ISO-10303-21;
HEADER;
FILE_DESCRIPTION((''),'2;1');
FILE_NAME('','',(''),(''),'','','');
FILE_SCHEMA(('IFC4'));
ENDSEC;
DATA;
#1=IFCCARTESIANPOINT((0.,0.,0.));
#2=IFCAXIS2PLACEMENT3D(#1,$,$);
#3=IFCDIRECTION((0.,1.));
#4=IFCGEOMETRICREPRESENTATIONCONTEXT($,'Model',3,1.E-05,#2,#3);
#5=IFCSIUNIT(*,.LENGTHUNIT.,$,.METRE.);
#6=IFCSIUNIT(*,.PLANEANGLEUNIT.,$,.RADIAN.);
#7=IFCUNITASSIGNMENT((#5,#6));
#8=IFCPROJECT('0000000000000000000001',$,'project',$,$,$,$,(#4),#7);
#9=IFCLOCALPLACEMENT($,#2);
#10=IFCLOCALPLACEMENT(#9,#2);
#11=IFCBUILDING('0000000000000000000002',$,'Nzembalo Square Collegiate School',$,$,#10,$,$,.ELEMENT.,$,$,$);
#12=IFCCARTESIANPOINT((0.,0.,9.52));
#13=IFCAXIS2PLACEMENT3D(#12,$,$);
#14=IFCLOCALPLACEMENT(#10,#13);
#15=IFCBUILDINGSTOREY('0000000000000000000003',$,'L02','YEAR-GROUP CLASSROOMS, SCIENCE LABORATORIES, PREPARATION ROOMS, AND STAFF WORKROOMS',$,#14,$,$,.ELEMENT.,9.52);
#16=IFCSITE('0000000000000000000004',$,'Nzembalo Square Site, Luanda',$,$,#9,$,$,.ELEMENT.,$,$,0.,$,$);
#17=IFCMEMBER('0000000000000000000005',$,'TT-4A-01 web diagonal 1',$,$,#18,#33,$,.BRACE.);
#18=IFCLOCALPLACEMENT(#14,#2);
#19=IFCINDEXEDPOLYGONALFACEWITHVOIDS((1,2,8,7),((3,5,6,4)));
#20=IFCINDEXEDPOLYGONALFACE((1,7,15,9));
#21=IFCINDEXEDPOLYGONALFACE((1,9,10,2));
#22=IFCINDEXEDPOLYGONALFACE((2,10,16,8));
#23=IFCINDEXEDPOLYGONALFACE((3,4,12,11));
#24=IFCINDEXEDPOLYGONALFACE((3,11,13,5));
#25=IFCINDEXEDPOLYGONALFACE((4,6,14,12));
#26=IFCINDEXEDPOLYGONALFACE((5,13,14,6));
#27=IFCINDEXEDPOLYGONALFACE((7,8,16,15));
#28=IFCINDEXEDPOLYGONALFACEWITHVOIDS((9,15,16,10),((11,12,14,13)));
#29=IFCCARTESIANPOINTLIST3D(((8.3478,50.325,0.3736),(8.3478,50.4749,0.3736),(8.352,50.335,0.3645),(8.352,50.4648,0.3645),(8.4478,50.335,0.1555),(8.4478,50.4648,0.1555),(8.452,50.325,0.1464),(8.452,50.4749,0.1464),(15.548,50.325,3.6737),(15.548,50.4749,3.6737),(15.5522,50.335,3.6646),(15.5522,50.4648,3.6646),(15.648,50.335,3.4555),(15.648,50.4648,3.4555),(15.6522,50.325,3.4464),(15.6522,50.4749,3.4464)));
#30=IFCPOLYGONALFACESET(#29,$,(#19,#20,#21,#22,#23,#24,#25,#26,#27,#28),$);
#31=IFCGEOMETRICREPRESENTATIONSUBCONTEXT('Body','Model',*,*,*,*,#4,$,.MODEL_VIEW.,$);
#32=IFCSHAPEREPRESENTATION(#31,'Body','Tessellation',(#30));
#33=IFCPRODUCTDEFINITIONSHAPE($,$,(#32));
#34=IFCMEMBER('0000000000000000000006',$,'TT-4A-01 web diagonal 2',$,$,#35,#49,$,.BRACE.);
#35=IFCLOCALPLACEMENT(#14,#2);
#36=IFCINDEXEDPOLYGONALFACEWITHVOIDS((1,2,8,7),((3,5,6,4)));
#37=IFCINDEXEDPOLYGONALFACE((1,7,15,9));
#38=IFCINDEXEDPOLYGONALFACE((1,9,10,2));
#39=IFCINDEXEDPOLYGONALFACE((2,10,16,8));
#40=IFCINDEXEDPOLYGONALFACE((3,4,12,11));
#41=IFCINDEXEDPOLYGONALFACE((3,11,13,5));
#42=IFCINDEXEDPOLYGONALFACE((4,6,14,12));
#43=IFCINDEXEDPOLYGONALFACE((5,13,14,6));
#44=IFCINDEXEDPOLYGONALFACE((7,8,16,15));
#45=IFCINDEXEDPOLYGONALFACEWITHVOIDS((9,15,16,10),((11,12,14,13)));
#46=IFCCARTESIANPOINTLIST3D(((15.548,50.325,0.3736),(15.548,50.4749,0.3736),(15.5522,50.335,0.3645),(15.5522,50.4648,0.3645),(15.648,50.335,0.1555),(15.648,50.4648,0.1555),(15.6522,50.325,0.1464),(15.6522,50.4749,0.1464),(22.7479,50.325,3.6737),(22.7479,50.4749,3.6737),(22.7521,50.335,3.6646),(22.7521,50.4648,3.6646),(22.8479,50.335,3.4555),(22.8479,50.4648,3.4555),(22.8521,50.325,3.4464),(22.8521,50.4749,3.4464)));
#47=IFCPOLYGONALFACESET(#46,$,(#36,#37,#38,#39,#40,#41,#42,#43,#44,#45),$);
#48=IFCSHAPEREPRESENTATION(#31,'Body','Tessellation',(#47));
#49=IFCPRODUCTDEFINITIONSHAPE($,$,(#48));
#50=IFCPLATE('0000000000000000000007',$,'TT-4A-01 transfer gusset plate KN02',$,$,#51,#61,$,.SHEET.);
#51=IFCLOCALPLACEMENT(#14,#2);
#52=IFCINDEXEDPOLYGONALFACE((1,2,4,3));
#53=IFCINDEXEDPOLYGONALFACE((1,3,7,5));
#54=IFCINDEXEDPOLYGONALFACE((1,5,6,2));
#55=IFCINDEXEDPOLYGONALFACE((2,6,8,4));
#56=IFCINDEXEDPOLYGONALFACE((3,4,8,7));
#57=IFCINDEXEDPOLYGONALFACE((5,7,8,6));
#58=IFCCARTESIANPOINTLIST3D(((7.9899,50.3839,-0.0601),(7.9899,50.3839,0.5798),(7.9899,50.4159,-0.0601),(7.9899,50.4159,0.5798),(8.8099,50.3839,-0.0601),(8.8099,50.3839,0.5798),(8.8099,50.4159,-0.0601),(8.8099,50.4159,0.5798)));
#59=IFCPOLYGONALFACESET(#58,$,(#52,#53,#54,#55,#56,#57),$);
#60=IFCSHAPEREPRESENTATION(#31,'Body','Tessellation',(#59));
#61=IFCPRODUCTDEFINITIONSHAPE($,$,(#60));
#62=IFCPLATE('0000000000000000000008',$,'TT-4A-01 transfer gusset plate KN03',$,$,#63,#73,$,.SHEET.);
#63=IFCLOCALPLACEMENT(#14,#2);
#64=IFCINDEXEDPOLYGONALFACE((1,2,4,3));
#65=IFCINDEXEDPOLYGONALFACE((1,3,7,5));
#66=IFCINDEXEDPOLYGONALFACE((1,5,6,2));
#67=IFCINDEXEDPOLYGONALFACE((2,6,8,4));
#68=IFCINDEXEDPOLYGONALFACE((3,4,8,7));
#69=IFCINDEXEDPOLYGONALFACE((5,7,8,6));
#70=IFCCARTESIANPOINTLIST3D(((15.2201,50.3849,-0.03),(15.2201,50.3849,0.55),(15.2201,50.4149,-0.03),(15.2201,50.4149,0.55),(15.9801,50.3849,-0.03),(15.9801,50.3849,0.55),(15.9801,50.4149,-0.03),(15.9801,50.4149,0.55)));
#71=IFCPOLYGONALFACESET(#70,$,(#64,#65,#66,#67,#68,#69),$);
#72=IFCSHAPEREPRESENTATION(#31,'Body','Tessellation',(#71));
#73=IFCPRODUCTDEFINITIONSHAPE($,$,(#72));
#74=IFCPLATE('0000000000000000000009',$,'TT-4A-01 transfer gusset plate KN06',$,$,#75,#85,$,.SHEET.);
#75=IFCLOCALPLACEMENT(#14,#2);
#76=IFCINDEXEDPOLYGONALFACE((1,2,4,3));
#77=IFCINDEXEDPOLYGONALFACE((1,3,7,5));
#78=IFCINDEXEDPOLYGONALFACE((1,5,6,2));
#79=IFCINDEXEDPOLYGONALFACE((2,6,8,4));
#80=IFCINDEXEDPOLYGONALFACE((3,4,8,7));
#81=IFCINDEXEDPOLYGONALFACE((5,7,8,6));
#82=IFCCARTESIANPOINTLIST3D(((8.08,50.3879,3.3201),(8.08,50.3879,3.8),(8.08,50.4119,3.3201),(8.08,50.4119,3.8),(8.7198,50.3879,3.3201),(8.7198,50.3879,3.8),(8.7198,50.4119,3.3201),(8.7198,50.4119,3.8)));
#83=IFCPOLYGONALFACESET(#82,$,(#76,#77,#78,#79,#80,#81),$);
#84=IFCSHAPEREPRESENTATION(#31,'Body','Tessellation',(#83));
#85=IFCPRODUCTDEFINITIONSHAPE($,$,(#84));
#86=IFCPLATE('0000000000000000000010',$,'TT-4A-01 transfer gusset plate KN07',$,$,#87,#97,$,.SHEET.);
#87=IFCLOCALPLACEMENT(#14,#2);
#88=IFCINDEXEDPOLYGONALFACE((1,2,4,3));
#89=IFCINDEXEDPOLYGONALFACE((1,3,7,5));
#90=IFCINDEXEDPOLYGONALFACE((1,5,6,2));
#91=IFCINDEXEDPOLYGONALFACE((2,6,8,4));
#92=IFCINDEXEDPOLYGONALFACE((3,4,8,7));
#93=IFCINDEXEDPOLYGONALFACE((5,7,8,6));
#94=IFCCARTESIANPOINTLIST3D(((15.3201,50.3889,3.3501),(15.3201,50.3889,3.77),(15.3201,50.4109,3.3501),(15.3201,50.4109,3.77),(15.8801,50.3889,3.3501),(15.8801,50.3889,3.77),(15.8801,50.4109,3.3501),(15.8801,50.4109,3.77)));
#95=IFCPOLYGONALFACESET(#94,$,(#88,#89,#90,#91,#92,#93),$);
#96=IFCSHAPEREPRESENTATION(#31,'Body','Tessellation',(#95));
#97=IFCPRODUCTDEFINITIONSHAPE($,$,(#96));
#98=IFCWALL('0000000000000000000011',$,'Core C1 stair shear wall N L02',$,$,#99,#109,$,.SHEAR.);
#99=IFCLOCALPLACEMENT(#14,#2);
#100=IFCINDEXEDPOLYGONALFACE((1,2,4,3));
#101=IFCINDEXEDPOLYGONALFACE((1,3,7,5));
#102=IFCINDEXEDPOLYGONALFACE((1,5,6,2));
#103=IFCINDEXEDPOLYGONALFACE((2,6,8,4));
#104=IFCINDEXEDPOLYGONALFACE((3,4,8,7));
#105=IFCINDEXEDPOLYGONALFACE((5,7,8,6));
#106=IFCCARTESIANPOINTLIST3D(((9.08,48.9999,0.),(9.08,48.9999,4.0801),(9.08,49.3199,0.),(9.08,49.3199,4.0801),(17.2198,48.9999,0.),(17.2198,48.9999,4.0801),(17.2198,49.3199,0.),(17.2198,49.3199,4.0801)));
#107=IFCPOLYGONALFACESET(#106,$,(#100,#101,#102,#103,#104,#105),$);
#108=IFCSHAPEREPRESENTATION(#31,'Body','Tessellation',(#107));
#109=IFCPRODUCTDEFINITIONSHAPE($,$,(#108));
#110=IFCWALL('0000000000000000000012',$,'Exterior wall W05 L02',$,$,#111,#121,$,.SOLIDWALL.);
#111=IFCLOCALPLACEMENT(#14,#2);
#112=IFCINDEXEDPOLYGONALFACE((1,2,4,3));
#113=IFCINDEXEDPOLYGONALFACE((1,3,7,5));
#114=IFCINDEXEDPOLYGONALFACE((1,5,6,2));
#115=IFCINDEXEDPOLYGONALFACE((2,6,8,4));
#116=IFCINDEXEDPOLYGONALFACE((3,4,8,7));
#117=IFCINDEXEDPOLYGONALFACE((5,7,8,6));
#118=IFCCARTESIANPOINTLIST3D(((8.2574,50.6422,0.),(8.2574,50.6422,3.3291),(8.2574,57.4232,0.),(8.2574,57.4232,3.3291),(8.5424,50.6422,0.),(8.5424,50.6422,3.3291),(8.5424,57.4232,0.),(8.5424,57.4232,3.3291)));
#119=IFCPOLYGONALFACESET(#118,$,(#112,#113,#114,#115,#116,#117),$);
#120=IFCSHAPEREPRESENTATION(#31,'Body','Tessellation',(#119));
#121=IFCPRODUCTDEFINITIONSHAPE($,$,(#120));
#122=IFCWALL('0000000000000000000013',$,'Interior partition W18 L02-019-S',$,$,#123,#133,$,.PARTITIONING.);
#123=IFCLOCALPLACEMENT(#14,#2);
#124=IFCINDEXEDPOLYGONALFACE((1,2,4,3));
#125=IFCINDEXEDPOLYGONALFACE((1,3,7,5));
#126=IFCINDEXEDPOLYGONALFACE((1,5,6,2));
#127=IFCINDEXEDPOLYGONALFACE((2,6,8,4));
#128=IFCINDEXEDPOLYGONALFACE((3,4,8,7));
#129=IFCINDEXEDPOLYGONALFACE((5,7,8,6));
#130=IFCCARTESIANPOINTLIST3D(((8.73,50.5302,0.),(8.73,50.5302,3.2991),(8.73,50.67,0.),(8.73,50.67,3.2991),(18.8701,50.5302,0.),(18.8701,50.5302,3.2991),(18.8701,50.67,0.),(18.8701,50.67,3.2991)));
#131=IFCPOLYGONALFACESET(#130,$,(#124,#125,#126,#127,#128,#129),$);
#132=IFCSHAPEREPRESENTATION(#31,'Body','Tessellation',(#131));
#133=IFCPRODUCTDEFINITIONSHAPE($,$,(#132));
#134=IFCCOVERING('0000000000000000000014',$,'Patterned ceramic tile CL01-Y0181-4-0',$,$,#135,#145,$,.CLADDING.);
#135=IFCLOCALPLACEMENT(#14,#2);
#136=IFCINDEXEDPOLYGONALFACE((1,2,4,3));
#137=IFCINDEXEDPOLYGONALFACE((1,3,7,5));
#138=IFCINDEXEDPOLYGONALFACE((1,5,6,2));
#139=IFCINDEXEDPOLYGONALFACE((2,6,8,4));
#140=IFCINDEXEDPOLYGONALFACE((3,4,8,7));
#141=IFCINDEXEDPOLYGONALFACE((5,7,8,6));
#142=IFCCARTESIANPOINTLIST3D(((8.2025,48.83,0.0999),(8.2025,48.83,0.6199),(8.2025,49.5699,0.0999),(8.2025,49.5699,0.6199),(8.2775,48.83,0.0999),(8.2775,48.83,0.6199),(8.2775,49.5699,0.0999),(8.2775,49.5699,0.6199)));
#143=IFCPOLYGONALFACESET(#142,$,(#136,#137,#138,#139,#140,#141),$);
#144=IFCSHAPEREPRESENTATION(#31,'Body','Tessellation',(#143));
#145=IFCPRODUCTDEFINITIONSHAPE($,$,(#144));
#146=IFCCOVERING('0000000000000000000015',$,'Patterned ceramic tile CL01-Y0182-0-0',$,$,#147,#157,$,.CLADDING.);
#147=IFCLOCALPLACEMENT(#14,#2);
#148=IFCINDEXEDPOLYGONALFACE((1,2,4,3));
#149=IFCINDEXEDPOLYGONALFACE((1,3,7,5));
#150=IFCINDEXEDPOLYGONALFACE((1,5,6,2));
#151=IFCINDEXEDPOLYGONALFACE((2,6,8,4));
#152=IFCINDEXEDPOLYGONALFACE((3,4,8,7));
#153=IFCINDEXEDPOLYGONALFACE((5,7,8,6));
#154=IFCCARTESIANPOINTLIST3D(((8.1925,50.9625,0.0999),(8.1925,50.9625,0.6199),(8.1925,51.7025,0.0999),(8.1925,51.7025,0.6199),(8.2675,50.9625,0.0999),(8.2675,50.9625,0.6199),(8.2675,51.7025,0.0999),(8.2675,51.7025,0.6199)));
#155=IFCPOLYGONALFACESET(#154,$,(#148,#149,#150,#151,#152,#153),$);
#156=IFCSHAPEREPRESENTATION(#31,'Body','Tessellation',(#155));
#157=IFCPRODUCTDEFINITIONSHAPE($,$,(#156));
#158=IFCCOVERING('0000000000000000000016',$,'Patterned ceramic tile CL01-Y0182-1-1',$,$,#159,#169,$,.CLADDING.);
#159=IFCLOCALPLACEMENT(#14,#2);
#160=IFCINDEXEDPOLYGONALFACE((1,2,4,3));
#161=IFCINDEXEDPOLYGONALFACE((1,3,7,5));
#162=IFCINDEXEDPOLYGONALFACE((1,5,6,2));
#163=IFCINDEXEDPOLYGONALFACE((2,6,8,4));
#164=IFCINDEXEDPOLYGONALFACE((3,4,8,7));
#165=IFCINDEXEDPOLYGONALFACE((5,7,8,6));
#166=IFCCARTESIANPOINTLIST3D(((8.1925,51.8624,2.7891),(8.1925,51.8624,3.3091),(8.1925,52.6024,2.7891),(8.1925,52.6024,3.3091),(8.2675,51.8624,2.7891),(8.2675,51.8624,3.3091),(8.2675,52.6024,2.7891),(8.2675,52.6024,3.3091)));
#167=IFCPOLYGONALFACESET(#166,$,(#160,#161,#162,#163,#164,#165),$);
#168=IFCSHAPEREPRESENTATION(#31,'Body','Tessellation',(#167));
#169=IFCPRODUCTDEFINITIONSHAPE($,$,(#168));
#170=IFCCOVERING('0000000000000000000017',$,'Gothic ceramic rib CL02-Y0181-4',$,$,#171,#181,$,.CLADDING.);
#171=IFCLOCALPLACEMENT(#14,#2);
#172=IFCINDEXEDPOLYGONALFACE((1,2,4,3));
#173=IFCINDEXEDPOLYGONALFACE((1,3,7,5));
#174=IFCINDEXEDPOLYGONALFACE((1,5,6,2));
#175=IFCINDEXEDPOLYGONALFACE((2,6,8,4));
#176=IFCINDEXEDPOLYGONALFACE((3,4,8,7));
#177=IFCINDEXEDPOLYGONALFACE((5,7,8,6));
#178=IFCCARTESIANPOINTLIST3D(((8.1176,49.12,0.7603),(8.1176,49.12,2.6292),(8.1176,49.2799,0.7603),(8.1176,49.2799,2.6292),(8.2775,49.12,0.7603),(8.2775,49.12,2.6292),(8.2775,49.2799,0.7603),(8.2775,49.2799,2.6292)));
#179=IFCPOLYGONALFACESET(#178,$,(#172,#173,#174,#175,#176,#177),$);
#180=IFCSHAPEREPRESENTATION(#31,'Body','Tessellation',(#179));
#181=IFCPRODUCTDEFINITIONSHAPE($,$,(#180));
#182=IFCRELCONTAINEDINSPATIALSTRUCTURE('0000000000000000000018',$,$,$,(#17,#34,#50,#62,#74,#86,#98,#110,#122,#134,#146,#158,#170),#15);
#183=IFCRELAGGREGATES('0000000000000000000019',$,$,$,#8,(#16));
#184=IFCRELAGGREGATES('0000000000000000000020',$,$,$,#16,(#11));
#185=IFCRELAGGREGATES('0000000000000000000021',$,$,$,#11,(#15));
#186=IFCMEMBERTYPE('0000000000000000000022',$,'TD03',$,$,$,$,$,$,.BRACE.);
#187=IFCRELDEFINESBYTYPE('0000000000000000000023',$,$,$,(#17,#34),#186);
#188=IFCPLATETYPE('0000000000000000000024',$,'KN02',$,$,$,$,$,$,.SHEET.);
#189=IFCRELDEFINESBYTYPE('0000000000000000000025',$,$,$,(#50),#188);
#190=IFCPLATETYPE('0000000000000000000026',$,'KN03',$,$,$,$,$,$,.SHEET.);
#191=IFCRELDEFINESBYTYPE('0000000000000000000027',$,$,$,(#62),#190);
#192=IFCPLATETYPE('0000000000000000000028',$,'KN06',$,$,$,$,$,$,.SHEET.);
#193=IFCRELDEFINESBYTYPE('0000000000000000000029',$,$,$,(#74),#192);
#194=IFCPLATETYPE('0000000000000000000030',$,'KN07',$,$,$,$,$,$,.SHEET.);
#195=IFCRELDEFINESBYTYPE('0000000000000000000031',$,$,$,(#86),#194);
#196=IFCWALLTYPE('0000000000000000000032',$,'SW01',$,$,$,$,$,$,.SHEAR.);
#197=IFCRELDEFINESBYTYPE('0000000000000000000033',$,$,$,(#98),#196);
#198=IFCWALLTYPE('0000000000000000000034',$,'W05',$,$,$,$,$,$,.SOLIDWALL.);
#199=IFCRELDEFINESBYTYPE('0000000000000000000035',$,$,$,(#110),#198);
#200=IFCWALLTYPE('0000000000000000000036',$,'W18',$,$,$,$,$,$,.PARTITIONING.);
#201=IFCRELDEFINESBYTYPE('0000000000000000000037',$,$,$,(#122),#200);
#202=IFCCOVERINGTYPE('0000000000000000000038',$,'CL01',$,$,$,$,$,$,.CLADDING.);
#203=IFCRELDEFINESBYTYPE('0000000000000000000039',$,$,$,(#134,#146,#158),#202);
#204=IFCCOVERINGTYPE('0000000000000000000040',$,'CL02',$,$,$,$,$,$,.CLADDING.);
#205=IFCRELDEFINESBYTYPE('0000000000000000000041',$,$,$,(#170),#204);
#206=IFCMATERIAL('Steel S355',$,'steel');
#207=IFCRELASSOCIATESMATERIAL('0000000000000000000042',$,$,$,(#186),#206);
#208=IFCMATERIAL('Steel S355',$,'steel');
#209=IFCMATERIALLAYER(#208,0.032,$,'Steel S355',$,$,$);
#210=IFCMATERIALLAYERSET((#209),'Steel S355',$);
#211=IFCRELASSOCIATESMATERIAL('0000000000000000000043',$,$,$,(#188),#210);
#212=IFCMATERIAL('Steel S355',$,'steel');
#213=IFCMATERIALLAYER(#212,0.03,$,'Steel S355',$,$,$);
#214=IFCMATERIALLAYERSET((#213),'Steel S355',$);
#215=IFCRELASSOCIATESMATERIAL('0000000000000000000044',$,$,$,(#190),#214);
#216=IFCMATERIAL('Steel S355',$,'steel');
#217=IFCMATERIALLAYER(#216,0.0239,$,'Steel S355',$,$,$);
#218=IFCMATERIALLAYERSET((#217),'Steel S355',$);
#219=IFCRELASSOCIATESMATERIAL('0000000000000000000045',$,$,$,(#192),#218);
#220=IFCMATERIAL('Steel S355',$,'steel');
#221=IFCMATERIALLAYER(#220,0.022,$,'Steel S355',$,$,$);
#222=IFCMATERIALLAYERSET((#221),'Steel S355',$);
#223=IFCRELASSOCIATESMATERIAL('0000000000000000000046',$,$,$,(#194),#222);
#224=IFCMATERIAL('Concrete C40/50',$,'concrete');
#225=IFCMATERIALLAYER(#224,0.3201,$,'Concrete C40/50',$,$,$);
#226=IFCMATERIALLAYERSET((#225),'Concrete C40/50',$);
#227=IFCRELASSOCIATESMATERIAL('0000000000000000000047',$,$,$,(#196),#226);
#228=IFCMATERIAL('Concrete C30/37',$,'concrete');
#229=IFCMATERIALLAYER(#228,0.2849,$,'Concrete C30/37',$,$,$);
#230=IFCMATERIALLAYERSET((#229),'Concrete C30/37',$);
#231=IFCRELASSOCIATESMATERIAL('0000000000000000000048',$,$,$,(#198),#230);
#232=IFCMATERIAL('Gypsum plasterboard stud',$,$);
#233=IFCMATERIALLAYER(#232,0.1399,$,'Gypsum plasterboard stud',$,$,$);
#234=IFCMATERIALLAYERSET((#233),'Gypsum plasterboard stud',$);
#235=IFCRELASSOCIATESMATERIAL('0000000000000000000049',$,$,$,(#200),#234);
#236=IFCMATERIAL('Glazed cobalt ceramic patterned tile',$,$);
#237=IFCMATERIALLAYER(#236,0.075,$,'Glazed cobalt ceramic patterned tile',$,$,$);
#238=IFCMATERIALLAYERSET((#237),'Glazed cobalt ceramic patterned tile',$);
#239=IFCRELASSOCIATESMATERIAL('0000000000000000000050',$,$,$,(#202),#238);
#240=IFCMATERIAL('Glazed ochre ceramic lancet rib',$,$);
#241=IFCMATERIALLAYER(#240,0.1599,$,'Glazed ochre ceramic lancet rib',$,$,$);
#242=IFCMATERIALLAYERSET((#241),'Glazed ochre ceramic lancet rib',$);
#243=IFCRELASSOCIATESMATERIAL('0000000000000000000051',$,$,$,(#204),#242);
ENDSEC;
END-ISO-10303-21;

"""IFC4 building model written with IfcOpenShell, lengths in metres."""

from ifc_helpers import new_model, si_unit, direction, frame, frame_2d, origin, origin_2d, place, context, subcontext, project, spatial, rectangle, hollow_rectangle, extrude, material, layer, layer_set, material_profile, profile_set, type_object, element, save


model = new_model("IFC4")

# Units and contexts
model_context = context("Model", 3, precision=1e-05, world=origin(), true_north=direction((0.0, 1.0)))
body_context = subcontext(model_context, "Body", "Model", "MODEL_VIEW")
ifc_project = project(units=[si_unit("LENGTHUNIT", "METRE"), si_unit("PLANEANGLEUNIT", "RADIAN")], contexts=[model_context])

# Site, building, storey
site_placement = place(None, origin())
site = spatial("IfcSite", under=ifc_project, at=site_placement, Name="Nzembalo Square Site, Luanda", CompositionType="ELEMENT", RefElevation=0.0)
building_placement = place(site_placement, origin())
building = spatial("IfcBuilding", under=site, at=building_placement, Name="Nzembalo Square Collegiate School", CompositionType="ELEMENT")
storey_placement = place(building_placement, frame((0.0, 0.0, 9.52)))
storey = spatial("IfcBuildingStorey", under=building, at=storey_placement, Name="L02", Description="YEAR-GROUP CLASSROOMS, SCIENCE LABORATORIES, PREPARATION ROOMS, AND STAFF WORKROOMS", CompositionType="ELEMENT", Elevation=9.52)

# Members
ifc_material_1 = material(Name="Steel S355", Category="steel")
ifc_material_profile_1 = material_profile(ifc_material_1, hollow_rectangle(XDim=0.1499, YDim=0.25, WallThickness=0.01, at=origin_2d()), Name="RHS 250x150x10")
ifc_profile_set_1 = profile_set([ifc_material_profile_1], Name="Steel S355")
member_type_1 = type_object("IfcMemberType", Name="TD03", PredefinedType="BRACE", material=ifc_profile_set_1)
member_1_placement = place(storey_placement, frame((8.3999, 50.3999, 0.26), z_axis=(0.909067, 0.0, 0.41665), x_axis=(0.0, 1.0, 0.0)))
element("IfcMember", 1, at=member_1_placement, inside=storey, type_object=member_type_1, Name="TT-4A-01 web diagonal 1", PredefinedType="BRACE", context=body_context, shape_type="SweptSolid", body=[
    extrude(hollow_rectangle(XDim=0.1499, YDim=0.25, WallThickness=0.01, at=origin_2d()), origin(), (0.0, 0.0, 1.0), 7.9204),
])
member_2_placement = place(storey_placement, frame((15.6001, 50.3999, 0.26), z_axis=(0.909061, 0.0, 0.416662), x_axis=(0.0, 1.0, 0.0)))
element("IfcMember", 2, at=member_2_placement, inside=storey, type_object=member_type_1, Name="TT-4A-01 web diagonal 2", PredefinedType="BRACE", context=body_context, shape_type="SweptSolid", body=[
    extrude(hollow_rectangle(XDim=0.1499, YDim=0.25, WallThickness=0.01, at=origin_2d()), origin(), (0.0, 0.0, 1.0), 7.9202),
])

# Plates
ifc_material_2 = material(Name="Steel S355", Category="steel")
ifc_layer_1 = layer(ifc_material_2, 0.032, Name="Steel S355")
ifc_layer_set_1 = layer_set([ifc_layer_1], Name="Steel S355")
plate_type_1 = type_object("IfcPlateType", Name="KN02", PredefinedType="SHEET", material=ifc_layer_set_1)
plate_1_placement = place(storey_placement, frame((8.3999, 50.3999, -0.0601), z_axis=(0.0, 0.0, 1.0), x_axis=(1.0, 0.0, 0.0)))
element("IfcPlate", 3, at=plate_1_placement, inside=storey, type_object=plate_type_1, Name="TT-4A-01 transfer gusset plate KN02", PredefinedType="SHEET", context=body_context, shape_type="SweptSolid", body=[
    extrude(rectangle(XDim=0.8201, YDim=0.032, at=origin_2d()), origin(), (0.0, 0.0, 1.0), 0.6399),
])
ifc_material_3 = material(Name="Steel S355", Category="steel")
ifc_layer_2 = layer(ifc_material_3, 0.03, Name="Steel S355")
ifc_layer_set_2 = layer_set([ifc_layer_2], Name="Steel S355")
plate_type_2 = type_object("IfcPlateType", Name="KN03", PredefinedType="SHEET", material=ifc_layer_set_2)
plate_2_placement = place(storey_placement, frame((15.6001, 50.3999, -0.03), z_axis=(0.0, 0.0, 1.0), x_axis=(1.0, 0.0, 0.0)))
element("IfcPlate", 4, at=plate_2_placement, inside=storey, type_object=plate_type_2, Name="TT-4A-01 transfer gusset plate KN03", PredefinedType="SHEET", context=body_context, shape_type="SweptSolid", body=[
    extrude(rectangle(XDim=0.76, YDim=0.03, at=origin_2d()), origin(), (0.0, 0.0, 1.0), 0.5801),
])
ifc_material_4 = material(Name="Steel S355", Category="steel")
ifc_layer_3 = layer(ifc_material_4, 0.0239, Name="Steel S355")
ifc_layer_set_3 = layer_set([ifc_layer_3], Name="Steel S355")
plate_type_3 = type_object("IfcPlateType", Name="KN06", PredefinedType="SHEET", material=ifc_layer_set_3)
plate_3_placement = place(storey_placement, frame((8.3999, 50.3999, 3.3201), z_axis=(0.0, 0.0, 1.0), x_axis=(1.0, 0.0, 0.0)))
element("IfcPlate", 5, at=plate_3_placement, inside=storey, type_object=plate_type_3, Name="TT-4A-01 transfer gusset plate KN06", PredefinedType="SHEET", context=body_context, shape_type="SweptSolid", body=[
    extrude(rectangle(XDim=0.6399, YDim=0.0239, at=origin_2d()), origin(), (0.0, 0.0, 1.0), 0.48),
])
ifc_material_5 = material(Name="Steel S355", Category="steel")
ifc_layer_4 = layer(ifc_material_5, 0.022, Name="Steel S355")
ifc_layer_set_4 = layer_set([ifc_layer_4], Name="Steel S355")
plate_type_4 = type_object("IfcPlateType", Name="KN07", PredefinedType="SHEET", material=ifc_layer_set_4)
plate_4_placement = place(storey_placement, frame((15.6001, 50.3999, 3.3501), z_axis=(0.0, 0.0, 1.0), x_axis=(1.0, 0.0, 0.0)))
element("IfcPlate", 6, at=plate_4_placement, inside=storey, type_object=plate_type_4, Name="TT-4A-01 transfer gusset plate KN07", PredefinedType="SHEET", context=body_context, shape_type="SweptSolid", body=[
    extrude(rectangle(XDim=0.5601, YDim=0.022, at=origin_2d()), origin(), (0.0, 0.0, 1.0), 0.4199),
])

# Walls
ifc_material_6 = material(Name="Concrete C40/50", Category="concrete")
ifc_layer_5 = layer(ifc_material_6, 0.3201, Name="Concrete C40/50")
ifc_layer_set_5 = layer_set([ifc_layer_5], Name="Concrete C40/50")
wall_type_1 = type_object("IfcWallType", Name="SW01", PredefinedType="SHEAR", material=ifc_layer_set_5)
wall_1_placement = place(storey_placement, frame((9.0801, 49.1599, 0.0), z_axis=(0.0, 0.0, 1.0), x_axis=(1.0, 0.0, 0.0)))
element("IfcWall", 7, at=wall_1_placement, inside=storey, type_object=wall_type_1, Name="Core C1 stair shear wall N L02", PredefinedType="SHEAR", context=body_context, shape_type="SweptSolid", body=[
    extrude(rectangle(XDim=8.1399, YDim=0.3201, at=frame_2d((4.0698, 0.0))), origin(), (0.0, 0.0, 1.0), 4.0801),
])
ifc_material_7 = material(Name="Concrete C30/37", Category="concrete")
ifc_layer_6 = layer(ifc_material_7, 0.2849, Name="Concrete C30/37")
ifc_layer_set_6 = layer_set([ifc_layer_6], Name="Concrete C30/37")
wall_type_2 = type_object("IfcWallType", Name="W05", PredefinedType="SOLIDWALL", material=ifc_layer_set_6)
wall_2_placement = place(storey_placement, frame((8.3999, 50.6421, 0.0), z_axis=(0.0, 0.0, 1.0), x_axis=(0.0, 1.0, 0.0)))
element("IfcWall", 8, at=wall_2_placement, inside=storey, type_object=wall_type_2, Name="Exterior wall W05 L02", PredefinedType="SOLIDWALL", context=body_context, shape_type="SweptSolid", body=[
    extrude(rectangle(XDim=6.781, YDim=0.2849, at=frame_2d((3.3906, 0.0))), origin(), (0.0, 0.0, 1.0), 3.3291),
])
ifc_material_8 = material(Name="Gypsum plasterboard stud")
ifc_layer_7 = layer(ifc_material_8, 0.1399, Name="Gypsum plasterboard stud")
ifc_layer_set_7 = layer_set([ifc_layer_7], Name="Gypsum plasterboard stud")
wall_type_3 = type_object("IfcWallType", Name="W18", PredefinedType="PARTITIONING", material=ifc_layer_set_7)
wall_3_placement = place(storey_placement, frame((8.73, 50.6001, 0.0), z_axis=(0.0, 0.0, 1.0), x_axis=(1.0, 0.0, 0.0)))
element("IfcWall", 9, at=wall_3_placement, inside=storey, type_object=wall_type_3, Name="Interior partition W18 L02-019-S", PredefinedType="PARTITIONING", context=body_context, shape_type="SweptSolid", body=[
    extrude(rectangle(XDim=10.1401, YDim=0.1399, at=frame_2d((5.0701, 0.0))), origin(), (0.0, 0.0, 1.0), 3.2991),
])

# Coverings
ifc_material_9 = material(Name="Glazed cobalt ceramic patterned tile")
ifc_layer_8 = layer(ifc_material_9, 0.075, Name="Glazed cobalt ceramic patterned tile")
ifc_layer_set_8 = layer_set([ifc_layer_8], Name="Glazed cobalt ceramic patterned tile")
covering_type_1 = type_object("IfcCoveringType", Name="CL01", PredefinedType="CLADDING", material=ifc_layer_set_8)
for number, where, z_axis, x_axis, name in (
    (10, (8.24, 49.2, 0.0999), (0.0, 0.0, 1.0), (1.0, 0.0, 0.0), "Patterned ceramic tile CL01-Y0181-4-0"),
    (11, (8.23, 51.3325, 0.0999), (0.0, 0.0, 1.0), (1.0, 0.0, 0.0), "Patterned ceramic tile CL01-Y0182-0-0"),
    (12, (8.23, 52.2324, 2.7891), (0.0, 0.0, 1.0), (1.0, 0.0, 0.0), "Patterned ceramic tile CL01-Y0182-1-1"),
):
    element("IfcCovering", number, at=place(storey_placement, frame(where, z_axis=z_axis, x_axis=x_axis)), inside=storey, type_object=covering_type_1, Name=name, PredefinedType="CLADDING", context=body_context, shape_type="SweptSolid", body=[
        extrude(rectangle(XDim=0.075, YDim=0.74, at=origin_2d()), origin(), (0.0, 0.0, 1.0), 0.52),
    ])
ifc_material_10 = material(Name="Glazed ochre ceramic lancet rib")
ifc_layer_9 = layer(ifc_material_10, 0.1599, Name="Glazed ochre ceramic lancet rib")
ifc_layer_set_9 = layer_set([ifc_layer_9], Name="Glazed ochre ceramic lancet rib")
covering_type_2 = type_object("IfcCoveringType", Name="CL02", PredefinedType="CLADDING", material=ifc_layer_set_9)
covering_placement = place(storey_placement, frame((8.1975, 49.2, 0.7603), z_axis=(0.0, 0.0, 1.0), x_axis=(1.0, 0.0, 0.0)))
element("IfcCovering", 13, at=covering_placement, inside=storey, type_object=covering_type_2, Name="Gothic ceramic rib CL02-Y0181-4", PredefinedType="CLADDING", context=body_context, shape_type="SweptSolid", body=[
    extrude(rectangle(XDim=0.1599, YDim=0.1599, at=origin_2d()), origin(), (0.0, 0.0, 1.0), 1.8689),
])

save(model, "model.ifc")
